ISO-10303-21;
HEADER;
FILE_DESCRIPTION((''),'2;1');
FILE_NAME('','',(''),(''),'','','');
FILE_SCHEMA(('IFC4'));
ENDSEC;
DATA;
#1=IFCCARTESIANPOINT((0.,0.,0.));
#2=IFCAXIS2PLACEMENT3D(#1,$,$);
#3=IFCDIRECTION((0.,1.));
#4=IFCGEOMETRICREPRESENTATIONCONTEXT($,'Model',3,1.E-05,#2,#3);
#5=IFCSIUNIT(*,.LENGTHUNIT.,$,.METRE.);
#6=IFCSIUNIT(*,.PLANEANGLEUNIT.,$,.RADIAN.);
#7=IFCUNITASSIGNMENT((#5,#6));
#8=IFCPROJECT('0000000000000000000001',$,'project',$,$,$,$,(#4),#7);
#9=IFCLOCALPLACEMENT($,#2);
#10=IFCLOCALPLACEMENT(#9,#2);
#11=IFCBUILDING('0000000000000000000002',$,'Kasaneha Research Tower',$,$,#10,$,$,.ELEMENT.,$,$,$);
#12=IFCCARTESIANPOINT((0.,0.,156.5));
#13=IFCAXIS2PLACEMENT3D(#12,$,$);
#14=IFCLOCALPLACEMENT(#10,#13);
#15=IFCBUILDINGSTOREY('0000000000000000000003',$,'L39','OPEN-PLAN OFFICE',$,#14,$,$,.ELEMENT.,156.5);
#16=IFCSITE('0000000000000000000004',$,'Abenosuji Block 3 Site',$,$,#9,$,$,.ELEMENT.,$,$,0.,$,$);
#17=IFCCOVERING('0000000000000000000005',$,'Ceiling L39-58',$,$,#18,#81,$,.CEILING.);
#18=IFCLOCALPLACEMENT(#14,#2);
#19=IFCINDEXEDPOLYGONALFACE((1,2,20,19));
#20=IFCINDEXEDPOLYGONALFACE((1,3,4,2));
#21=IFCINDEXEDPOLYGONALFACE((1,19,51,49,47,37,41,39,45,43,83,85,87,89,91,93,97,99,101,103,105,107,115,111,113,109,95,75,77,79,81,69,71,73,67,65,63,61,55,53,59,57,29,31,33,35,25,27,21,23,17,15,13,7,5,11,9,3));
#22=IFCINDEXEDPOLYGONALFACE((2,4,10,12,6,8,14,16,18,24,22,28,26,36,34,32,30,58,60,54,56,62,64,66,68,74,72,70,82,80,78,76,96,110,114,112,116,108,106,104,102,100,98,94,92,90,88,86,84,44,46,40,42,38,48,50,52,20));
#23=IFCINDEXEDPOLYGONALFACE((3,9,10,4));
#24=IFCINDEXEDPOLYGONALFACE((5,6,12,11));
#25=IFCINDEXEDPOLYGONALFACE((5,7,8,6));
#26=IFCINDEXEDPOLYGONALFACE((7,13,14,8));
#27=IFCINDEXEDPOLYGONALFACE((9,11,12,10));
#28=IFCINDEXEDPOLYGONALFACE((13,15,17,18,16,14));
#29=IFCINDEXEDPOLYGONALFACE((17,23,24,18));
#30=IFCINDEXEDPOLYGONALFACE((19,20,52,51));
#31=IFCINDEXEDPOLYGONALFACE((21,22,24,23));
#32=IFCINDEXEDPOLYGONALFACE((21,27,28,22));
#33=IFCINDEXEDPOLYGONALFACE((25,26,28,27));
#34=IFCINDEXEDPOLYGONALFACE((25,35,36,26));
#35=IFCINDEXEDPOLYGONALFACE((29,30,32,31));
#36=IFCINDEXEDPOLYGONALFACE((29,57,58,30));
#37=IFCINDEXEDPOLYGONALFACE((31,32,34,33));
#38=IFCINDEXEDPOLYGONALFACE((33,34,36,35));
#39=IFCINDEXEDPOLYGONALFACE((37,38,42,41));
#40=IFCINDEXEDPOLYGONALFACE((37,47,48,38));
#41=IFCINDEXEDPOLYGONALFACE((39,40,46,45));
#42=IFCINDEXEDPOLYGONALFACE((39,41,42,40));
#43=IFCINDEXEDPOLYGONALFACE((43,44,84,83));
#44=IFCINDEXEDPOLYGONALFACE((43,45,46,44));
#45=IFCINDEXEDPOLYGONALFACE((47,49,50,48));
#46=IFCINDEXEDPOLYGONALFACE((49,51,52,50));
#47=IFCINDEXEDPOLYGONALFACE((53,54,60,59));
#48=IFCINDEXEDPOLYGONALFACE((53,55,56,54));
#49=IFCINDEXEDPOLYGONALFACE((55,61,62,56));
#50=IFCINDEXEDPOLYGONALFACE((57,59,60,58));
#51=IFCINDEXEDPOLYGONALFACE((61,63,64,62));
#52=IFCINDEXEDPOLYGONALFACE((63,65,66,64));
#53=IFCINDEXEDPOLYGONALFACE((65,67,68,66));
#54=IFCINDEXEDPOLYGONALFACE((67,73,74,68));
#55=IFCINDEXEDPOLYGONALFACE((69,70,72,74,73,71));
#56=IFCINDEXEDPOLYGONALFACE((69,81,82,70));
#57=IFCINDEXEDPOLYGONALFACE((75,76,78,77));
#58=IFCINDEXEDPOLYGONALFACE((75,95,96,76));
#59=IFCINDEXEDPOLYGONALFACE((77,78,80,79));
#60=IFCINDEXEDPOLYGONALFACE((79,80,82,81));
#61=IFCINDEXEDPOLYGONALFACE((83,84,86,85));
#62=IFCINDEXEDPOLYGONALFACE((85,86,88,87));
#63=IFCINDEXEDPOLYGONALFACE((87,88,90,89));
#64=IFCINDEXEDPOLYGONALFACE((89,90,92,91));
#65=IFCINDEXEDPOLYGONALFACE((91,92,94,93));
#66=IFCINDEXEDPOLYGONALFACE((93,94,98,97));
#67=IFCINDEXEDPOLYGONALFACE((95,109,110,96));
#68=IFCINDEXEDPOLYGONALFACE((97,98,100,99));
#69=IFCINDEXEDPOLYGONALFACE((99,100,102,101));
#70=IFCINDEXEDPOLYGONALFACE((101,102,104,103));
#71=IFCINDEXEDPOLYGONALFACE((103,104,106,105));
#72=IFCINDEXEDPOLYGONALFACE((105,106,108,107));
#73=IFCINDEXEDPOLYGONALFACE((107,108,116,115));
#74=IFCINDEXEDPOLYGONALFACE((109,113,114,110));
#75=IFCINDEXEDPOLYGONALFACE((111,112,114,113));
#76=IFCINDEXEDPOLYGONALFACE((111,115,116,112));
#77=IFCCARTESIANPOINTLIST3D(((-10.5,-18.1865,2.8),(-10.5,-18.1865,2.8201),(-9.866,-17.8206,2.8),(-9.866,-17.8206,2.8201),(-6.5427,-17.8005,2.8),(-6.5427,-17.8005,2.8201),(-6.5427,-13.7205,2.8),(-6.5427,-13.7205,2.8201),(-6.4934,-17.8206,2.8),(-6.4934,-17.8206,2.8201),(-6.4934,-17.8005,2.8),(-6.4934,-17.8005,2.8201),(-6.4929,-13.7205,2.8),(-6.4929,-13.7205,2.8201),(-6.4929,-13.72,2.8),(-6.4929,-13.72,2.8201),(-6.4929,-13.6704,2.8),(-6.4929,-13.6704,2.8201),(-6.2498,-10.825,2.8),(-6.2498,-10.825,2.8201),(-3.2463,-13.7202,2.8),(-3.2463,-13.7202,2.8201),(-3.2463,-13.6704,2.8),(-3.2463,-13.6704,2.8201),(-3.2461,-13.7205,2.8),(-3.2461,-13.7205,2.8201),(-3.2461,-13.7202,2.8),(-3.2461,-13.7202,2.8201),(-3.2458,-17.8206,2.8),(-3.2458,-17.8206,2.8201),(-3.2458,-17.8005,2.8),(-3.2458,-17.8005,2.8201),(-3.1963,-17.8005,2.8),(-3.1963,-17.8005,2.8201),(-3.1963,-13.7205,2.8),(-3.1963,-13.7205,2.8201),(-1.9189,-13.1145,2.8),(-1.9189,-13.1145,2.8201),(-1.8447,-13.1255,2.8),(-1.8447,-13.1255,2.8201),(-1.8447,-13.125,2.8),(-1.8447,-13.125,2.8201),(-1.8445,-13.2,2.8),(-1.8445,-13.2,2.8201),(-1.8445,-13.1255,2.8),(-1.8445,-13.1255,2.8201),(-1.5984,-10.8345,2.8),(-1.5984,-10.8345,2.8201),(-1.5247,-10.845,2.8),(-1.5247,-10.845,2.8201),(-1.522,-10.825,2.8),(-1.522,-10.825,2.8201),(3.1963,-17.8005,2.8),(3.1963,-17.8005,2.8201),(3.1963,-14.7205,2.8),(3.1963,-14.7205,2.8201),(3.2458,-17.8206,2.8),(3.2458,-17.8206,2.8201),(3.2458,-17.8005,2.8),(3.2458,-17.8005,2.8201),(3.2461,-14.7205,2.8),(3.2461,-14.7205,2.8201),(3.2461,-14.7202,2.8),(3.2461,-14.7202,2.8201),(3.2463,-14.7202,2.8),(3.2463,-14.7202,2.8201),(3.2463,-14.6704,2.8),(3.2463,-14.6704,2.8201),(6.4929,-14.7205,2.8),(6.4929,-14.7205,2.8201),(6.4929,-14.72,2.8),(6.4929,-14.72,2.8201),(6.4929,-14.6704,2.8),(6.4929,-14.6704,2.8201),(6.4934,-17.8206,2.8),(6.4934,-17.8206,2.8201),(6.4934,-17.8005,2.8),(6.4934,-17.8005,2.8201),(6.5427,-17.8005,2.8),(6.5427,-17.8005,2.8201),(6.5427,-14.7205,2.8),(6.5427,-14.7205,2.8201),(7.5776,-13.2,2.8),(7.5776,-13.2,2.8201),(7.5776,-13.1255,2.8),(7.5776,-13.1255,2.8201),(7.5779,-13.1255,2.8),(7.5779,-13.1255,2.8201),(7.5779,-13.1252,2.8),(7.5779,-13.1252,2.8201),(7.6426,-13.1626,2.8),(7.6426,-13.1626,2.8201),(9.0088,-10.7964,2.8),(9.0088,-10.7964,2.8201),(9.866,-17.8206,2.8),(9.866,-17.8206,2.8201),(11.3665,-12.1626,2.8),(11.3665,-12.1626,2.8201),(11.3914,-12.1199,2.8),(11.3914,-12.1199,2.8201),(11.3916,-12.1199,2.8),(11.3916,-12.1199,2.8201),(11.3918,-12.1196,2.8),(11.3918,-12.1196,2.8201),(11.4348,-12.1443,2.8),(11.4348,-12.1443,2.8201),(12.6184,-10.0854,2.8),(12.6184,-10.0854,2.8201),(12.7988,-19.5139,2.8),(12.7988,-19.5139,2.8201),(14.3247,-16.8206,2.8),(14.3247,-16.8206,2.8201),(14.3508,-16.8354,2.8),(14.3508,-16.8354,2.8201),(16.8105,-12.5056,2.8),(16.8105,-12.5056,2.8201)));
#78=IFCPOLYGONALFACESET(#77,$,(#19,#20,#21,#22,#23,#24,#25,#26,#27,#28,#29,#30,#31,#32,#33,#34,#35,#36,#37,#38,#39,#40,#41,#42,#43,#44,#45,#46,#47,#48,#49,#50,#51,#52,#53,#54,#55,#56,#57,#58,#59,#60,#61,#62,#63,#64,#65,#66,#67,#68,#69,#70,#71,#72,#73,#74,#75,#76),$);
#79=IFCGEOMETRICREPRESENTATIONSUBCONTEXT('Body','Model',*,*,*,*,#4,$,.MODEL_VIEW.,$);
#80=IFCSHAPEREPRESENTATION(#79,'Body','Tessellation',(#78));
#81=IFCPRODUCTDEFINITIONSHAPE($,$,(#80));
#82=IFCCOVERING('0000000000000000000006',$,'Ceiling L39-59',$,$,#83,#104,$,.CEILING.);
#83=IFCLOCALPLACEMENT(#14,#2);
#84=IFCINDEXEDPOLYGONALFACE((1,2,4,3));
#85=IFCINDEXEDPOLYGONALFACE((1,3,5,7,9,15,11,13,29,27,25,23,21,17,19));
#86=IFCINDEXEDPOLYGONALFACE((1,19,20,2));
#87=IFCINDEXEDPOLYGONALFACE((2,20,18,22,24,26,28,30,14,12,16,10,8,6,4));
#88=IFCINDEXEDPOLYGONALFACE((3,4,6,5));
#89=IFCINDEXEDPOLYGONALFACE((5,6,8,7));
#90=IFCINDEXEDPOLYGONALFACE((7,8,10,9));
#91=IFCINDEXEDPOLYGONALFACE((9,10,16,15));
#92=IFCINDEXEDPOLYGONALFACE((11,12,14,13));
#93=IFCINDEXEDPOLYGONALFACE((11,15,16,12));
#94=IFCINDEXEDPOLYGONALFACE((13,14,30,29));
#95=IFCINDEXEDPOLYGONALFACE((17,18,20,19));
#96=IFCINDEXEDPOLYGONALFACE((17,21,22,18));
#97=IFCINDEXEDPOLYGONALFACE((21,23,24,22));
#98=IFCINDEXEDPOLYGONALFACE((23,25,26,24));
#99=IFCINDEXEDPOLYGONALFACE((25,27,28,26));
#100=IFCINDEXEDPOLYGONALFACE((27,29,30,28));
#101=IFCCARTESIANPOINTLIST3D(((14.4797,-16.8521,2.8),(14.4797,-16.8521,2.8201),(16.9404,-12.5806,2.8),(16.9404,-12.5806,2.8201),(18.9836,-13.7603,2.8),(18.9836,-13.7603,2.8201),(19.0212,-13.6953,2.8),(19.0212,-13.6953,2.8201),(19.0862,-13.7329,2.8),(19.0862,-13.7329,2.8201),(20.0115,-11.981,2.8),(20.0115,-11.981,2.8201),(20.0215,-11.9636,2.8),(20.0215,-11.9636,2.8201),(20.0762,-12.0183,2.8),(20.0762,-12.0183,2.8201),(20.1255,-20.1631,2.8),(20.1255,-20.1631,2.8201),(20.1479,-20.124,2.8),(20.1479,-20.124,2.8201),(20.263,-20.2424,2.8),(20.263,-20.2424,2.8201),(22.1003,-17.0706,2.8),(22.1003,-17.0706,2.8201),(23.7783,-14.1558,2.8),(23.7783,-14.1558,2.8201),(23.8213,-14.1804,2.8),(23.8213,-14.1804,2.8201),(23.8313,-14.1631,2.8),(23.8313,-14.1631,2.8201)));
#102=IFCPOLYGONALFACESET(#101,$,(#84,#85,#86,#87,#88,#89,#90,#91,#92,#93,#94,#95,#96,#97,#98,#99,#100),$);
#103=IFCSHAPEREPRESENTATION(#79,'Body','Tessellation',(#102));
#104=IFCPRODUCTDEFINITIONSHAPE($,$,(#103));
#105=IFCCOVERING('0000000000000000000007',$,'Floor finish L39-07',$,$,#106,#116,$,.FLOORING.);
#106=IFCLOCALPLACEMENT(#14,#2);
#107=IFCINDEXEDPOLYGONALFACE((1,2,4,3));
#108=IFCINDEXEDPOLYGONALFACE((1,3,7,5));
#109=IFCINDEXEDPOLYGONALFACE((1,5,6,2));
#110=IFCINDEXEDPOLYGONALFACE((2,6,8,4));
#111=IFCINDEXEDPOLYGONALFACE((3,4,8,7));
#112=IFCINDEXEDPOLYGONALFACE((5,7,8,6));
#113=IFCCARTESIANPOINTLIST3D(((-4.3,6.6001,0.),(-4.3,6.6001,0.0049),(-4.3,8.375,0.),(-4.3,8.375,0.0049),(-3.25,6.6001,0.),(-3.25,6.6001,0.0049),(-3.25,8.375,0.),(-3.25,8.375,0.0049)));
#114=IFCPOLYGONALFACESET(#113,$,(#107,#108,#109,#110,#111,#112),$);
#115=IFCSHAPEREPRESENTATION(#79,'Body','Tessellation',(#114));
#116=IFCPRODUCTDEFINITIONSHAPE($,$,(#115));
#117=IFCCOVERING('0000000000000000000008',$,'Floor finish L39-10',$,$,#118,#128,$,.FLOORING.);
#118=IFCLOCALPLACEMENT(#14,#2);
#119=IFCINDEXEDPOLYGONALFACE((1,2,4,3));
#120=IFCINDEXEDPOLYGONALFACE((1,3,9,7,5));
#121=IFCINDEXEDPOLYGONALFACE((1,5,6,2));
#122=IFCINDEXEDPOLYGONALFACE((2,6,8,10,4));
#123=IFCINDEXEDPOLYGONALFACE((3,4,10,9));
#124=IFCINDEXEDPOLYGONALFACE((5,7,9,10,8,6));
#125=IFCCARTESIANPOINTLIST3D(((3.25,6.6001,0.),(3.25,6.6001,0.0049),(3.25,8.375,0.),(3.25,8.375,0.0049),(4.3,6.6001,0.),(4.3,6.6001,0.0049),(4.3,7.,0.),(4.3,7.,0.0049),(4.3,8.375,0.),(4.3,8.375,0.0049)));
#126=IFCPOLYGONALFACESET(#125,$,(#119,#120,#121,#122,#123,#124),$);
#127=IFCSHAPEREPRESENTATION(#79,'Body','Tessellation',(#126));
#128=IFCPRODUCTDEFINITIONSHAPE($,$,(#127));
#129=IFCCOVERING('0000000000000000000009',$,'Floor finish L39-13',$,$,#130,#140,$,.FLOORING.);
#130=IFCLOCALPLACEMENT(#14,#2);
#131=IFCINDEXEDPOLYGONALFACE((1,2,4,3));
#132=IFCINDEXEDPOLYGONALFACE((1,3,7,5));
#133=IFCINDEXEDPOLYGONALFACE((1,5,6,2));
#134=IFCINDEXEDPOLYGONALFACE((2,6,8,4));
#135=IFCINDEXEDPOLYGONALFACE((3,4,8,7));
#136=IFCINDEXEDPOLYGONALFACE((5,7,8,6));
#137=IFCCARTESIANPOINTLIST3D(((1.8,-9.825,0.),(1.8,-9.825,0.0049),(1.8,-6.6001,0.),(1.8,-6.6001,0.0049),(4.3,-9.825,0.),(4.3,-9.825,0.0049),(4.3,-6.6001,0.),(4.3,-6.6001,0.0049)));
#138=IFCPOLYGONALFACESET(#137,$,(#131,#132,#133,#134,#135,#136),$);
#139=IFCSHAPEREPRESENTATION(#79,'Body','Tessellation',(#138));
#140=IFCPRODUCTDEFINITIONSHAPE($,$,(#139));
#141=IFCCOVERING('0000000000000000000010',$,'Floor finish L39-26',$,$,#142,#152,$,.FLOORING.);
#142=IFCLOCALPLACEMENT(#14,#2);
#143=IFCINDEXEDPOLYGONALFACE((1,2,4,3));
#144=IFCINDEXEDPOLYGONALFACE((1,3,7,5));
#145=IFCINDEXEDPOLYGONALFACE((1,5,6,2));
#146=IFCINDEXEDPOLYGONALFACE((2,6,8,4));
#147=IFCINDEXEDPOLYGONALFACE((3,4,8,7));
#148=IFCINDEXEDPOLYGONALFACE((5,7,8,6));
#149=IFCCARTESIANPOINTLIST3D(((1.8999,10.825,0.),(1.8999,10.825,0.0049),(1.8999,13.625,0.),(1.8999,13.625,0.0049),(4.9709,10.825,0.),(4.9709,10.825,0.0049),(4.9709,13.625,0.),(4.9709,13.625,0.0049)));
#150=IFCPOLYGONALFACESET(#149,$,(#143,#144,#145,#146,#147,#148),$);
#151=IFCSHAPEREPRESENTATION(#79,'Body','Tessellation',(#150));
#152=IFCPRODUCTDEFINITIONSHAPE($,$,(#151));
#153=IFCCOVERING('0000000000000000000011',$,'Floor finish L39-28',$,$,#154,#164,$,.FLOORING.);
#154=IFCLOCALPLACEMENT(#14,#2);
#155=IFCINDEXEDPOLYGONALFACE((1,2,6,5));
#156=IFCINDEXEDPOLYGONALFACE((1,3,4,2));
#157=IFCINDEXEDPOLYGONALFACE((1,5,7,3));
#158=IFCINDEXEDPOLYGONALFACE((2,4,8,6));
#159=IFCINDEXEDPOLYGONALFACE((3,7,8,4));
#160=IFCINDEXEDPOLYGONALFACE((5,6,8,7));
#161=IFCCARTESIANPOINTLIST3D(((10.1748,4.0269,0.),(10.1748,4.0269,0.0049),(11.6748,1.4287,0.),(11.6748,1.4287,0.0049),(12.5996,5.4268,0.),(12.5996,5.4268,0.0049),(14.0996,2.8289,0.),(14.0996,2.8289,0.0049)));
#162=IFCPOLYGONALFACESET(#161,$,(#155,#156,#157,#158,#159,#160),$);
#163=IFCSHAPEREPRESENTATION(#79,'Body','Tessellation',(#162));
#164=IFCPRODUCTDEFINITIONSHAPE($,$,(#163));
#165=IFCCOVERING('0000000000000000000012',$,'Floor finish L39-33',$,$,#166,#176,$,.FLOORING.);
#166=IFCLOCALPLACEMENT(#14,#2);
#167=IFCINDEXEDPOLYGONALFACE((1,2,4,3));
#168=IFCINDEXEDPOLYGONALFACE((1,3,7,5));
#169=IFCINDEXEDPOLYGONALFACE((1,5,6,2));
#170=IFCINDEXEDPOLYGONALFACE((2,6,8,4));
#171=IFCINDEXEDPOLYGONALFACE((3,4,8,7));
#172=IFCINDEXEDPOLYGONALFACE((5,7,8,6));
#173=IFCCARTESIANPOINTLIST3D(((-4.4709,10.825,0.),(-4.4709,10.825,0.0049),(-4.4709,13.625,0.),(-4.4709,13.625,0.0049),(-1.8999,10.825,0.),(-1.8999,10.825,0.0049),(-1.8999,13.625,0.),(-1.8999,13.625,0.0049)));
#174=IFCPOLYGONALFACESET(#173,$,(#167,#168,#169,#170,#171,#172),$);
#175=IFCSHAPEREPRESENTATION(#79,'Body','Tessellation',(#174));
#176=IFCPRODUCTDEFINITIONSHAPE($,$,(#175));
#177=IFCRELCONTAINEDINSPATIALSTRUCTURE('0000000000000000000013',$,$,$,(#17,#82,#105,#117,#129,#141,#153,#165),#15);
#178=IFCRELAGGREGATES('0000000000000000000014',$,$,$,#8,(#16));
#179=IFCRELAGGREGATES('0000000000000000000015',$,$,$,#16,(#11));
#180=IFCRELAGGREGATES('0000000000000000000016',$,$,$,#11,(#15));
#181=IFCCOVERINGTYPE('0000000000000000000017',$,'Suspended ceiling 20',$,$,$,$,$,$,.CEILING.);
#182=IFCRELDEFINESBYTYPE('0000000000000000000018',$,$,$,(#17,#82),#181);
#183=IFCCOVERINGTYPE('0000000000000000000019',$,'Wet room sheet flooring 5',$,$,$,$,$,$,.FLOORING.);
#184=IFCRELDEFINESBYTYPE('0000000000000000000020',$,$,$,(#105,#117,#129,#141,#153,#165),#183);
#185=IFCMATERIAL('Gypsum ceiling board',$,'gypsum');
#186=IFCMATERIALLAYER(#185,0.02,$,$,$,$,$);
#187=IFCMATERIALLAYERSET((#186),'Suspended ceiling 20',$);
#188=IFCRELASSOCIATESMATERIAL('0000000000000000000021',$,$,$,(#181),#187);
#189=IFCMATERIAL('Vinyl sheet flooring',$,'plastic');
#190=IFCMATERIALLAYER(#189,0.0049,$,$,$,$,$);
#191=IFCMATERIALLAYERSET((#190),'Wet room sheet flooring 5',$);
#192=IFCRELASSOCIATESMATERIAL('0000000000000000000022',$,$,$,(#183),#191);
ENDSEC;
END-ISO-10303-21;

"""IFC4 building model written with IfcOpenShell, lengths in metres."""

from ifc_helpers import new_model, si_unit, direction, frame, origin, place, context, subcontext, project, spatial, polyline, outline, extrude, material, layer, layer_set, type_object, element, save


model = new_model("IFC4")

# Units and contexts
model_context = context("Model", 3, precision=1e-05, world=origin(), true_north=direction((0.0, 1.0)))
body_context = subcontext(model_context, "Body", "Model", "MODEL_VIEW")
ifc_project = project(units=[si_unit("LENGTHUNIT", "METRE"), si_unit("PLANEANGLEUNIT", "RADIAN")], contexts=[model_context])

# Site, building, storey
site_placement = place(None, origin())
site = spatial("IfcSite", under=ifc_project, at=site_placement, Name="Abenosuji Block 3 Site", CompositionType="ELEMENT", RefElevation=0.0)
building_placement = place(site_placement, origin())
building = spatial("IfcBuilding", under=site, at=building_placement, Name="Kasaneha Research Tower", CompositionType="ELEMENT")
storey_placement = place(building_placement, frame((0.0, 0.0, 156.5)))
storey = spatial("IfcBuildingStorey", under=building, at=storey_placement, Name="L39", Description="OPEN-PLAN OFFICE", CompositionType="ELEMENT", Elevation=156.5)

# Coverings
ifc_material_1 = material(Name="Gypsum ceiling board", Category="gypsum")
ifc_layer_1 = layer(ifc_material_1, 0.02)
ifc_layer_set_1 = layer_set([ifc_layer_1], Name="Suspended ceiling 20")
covering_type_1 = type_object("IfcCoveringType", Name="Suspended ceiling 20", PredefinedType="CEILING", material=ifc_layer_set_1)
covering_1_placement = place(storey_placement, frame((0.0, 0.0, 2.8)))
element("IfcCovering", 1, at=covering_1_placement, inside=storey, type_object=covering_type_1, Name="Ceiling L39-58", PredefinedType="CEILING", context=body_context, shape_type="SweptSolid", body=[
    extrude(outline(polyline([(6.4929, -14.72), (6.4929, -14.6704), (3.2463, -14.6704), (3.2463, -14.7202), (3.2461, -14.7202), (3.2461, -14.7205), (3.1963, -14.7205), (3.1963, -17.8005), (3.2458, -17.8005), (3.2458, -17.8206), (-3.2458, -17.8206), (-3.2458, -17.8005), (-3.1963, -17.8005), (-3.1963, -13.7205), (-3.2461, -13.7205), (-3.2461, -13.7202), (-3.2463, -13.7202), (-3.2463, -13.6704), (-6.4929, -13.6704), (-6.4929, -13.72), (-6.4929, -13.72), (-6.4929, -13.7205), (-6.5427, -13.7205), (-6.5427, -17.8005), (-6.4934, -17.8005), (-6.4934, -17.8206), (-9.866, -17.8206), (-10.5, -18.1865), (-6.2498, -10.825), (-1.522, -10.825), (-1.5247, -10.845), (-1.5984, -10.8345), (-1.9189, -13.1145), (-1.8447, -13.125), (-1.8447, -13.1255), (-1.8445, -13.1255), (-1.8445, -13.2), (7.5776, -13.2), (7.5776, -13.1255), (7.5779, -13.1255), (7.5779, -13.1252), (7.6426, -13.1626), (9.0088, -10.7964), (11.3665, -12.1626), (11.3914, -12.1199), (11.3916, -12.1199), (11.3918, -12.1196), (11.4348, -12.1443), (12.6184, -10.0854), (16.8105, -12.5056), (14.3247, -16.8206), (14.3508, -16.8354), (12.7988, -19.5139), (9.866, -17.8206), (6.4934, -17.8206), (6.4934, -17.8005), (6.5427, -17.8005), (6.5427, -14.7205), (6.4929, -14.7205), (6.4929, -14.72), (6.4929, -14.72)])), origin(), (0.0, 0.0, 1.0), 0.02),
])
covering_2_placement = place(storey_placement, frame((0.0, 0.0, 2.8)))
element("IfcCovering", 2, at=covering_2_placement, inside=storey, type_object=covering_type_1, Name="Ceiling L39-59", PredefinedType="CEILING", context=body_context, shape_type="SweptSolid", body=[
    extrude(outline(polyline([(23.8313, -14.1631), (23.8213, -14.1804), (23.7783, -14.1558), (22.1003, -17.0706), (20.2629, -20.2424), (20.2952, -20.261), (20.1255, -20.1631), (20.1479, -20.124), (14.4797, -16.8521), (16.9404, -12.5806), (18.9836, -13.7603), (19.0212, -13.6953), (19.0862, -13.7329), (20.0762, -12.0183), (20.0115, -11.981), (20.0215, -11.9636), (23.8313, -14.1631)])), origin(), (0.0, 0.0, 1.0), 0.02),
])
ifc_material_2 = material(Name="Vinyl sheet flooring", Category="plastic")
ifc_layer_2 = layer(ifc_material_2, 0.0049)
ifc_layer_set_2 = layer_set([ifc_layer_2], Name="Wet room sheet flooring 5")
covering_type_2 = type_object("IfcCoveringType", Name="Wet room sheet flooring 5", PredefinedType="FLOORING", material=ifc_layer_set_2)
covering_3_placement = place(storey_placement, origin())
element("IfcCovering", 3, at=covering_3_placement, inside=storey, type_object=covering_type_2, Name="Floor finish L39-07", PredefinedType="FLOORING", context=body_context, shape_type="SweptSolid", body=[
    extrude(outline(polyline([(-4.3, 6.6001), (-4.3, 8.375), (-3.25, 8.375), (-3.25, 6.6001), (-4.3, 6.6001)])), origin(), (0.0, 0.0, 1.0), 0.0049),
])
covering_4_placement = place(storey_placement, origin())
element("IfcCovering", 4, at=covering_4_placement, inside=storey, type_object=covering_type_2, Name="Floor finish L39-10", PredefinedType="FLOORING", context=body_context, shape_type="SweptSolid", body=[
    extrude(outline(polyline([(3.25, 6.6001), (3.25, 8.375), (4.3, 8.375), (4.3, 7.0), (4.3, 6.6001), (3.25, 6.6001)])), origin(), (0.0, 0.0, 1.0), 0.0049),
])
covering_5_placement = place(storey_placement, origin())
element("IfcCovering", 5, at=covering_5_placement, inside=storey, type_object=covering_type_2, Name="Floor finish L39-13", PredefinedType="FLOORING", context=body_context, shape_type="SweptSolid", body=[
    extrude(outline(polyline([(1.8, -9.825), (1.8, -6.6001), (4.3, -6.6001), (4.3, -9.825), (1.8, -9.825)])), origin(), (0.0, 0.0, 1.0), 0.0049),
])
covering_6_placement = place(storey_placement, origin())
element("IfcCovering", 6, at=covering_6_placement, inside=storey, type_object=covering_type_2, Name="Floor finish L39-26", PredefinedType="FLOORING", context=body_context, shape_type="SweptSolid", body=[
    extrude(outline(polyline([(4.9709, 13.625), (4.9709, 10.825), (1.8999, 10.825), (1.8999, 13.625), (4.9709, 13.625)])), origin(), (0.0, 0.0, 1.0), 0.0049),
])
covering_7_placement = place(storey_placement, origin())
element("IfcCovering", 7, at=covering_7_placement, inside=storey, type_object=covering_type_2, Name="Floor finish L39-28", PredefinedType="FLOORING", context=body_context, shape_type="SweptSolid", body=[
    extrude(outline(polyline([(14.0996, 2.8289), (11.6748, 1.4287), (10.1748, 4.0269), (12.5996, 5.4268), (14.0996, 2.8289)])), origin(), (0.0, 0.0, 1.0), 0.0049),
])
covering_8_placement = place(storey_placement, origin())
element("IfcCovering", 8, at=covering_8_placement, inside=storey, type_object=covering_type_2, Name="Floor finish L39-33", PredefinedType="FLOORING", context=body_context, shape_type="SweptSolid", body=[
    extrude(outline(polyline([(-1.8999, 13.625), (-1.8999, 10.825), (-4.4709, 10.825), (-4.4709, 13.625), (-1.8999, 13.625)])), origin(), (0.0, 0.0, 1.0), 0.0049),
])

save(model, "model.ifc")
